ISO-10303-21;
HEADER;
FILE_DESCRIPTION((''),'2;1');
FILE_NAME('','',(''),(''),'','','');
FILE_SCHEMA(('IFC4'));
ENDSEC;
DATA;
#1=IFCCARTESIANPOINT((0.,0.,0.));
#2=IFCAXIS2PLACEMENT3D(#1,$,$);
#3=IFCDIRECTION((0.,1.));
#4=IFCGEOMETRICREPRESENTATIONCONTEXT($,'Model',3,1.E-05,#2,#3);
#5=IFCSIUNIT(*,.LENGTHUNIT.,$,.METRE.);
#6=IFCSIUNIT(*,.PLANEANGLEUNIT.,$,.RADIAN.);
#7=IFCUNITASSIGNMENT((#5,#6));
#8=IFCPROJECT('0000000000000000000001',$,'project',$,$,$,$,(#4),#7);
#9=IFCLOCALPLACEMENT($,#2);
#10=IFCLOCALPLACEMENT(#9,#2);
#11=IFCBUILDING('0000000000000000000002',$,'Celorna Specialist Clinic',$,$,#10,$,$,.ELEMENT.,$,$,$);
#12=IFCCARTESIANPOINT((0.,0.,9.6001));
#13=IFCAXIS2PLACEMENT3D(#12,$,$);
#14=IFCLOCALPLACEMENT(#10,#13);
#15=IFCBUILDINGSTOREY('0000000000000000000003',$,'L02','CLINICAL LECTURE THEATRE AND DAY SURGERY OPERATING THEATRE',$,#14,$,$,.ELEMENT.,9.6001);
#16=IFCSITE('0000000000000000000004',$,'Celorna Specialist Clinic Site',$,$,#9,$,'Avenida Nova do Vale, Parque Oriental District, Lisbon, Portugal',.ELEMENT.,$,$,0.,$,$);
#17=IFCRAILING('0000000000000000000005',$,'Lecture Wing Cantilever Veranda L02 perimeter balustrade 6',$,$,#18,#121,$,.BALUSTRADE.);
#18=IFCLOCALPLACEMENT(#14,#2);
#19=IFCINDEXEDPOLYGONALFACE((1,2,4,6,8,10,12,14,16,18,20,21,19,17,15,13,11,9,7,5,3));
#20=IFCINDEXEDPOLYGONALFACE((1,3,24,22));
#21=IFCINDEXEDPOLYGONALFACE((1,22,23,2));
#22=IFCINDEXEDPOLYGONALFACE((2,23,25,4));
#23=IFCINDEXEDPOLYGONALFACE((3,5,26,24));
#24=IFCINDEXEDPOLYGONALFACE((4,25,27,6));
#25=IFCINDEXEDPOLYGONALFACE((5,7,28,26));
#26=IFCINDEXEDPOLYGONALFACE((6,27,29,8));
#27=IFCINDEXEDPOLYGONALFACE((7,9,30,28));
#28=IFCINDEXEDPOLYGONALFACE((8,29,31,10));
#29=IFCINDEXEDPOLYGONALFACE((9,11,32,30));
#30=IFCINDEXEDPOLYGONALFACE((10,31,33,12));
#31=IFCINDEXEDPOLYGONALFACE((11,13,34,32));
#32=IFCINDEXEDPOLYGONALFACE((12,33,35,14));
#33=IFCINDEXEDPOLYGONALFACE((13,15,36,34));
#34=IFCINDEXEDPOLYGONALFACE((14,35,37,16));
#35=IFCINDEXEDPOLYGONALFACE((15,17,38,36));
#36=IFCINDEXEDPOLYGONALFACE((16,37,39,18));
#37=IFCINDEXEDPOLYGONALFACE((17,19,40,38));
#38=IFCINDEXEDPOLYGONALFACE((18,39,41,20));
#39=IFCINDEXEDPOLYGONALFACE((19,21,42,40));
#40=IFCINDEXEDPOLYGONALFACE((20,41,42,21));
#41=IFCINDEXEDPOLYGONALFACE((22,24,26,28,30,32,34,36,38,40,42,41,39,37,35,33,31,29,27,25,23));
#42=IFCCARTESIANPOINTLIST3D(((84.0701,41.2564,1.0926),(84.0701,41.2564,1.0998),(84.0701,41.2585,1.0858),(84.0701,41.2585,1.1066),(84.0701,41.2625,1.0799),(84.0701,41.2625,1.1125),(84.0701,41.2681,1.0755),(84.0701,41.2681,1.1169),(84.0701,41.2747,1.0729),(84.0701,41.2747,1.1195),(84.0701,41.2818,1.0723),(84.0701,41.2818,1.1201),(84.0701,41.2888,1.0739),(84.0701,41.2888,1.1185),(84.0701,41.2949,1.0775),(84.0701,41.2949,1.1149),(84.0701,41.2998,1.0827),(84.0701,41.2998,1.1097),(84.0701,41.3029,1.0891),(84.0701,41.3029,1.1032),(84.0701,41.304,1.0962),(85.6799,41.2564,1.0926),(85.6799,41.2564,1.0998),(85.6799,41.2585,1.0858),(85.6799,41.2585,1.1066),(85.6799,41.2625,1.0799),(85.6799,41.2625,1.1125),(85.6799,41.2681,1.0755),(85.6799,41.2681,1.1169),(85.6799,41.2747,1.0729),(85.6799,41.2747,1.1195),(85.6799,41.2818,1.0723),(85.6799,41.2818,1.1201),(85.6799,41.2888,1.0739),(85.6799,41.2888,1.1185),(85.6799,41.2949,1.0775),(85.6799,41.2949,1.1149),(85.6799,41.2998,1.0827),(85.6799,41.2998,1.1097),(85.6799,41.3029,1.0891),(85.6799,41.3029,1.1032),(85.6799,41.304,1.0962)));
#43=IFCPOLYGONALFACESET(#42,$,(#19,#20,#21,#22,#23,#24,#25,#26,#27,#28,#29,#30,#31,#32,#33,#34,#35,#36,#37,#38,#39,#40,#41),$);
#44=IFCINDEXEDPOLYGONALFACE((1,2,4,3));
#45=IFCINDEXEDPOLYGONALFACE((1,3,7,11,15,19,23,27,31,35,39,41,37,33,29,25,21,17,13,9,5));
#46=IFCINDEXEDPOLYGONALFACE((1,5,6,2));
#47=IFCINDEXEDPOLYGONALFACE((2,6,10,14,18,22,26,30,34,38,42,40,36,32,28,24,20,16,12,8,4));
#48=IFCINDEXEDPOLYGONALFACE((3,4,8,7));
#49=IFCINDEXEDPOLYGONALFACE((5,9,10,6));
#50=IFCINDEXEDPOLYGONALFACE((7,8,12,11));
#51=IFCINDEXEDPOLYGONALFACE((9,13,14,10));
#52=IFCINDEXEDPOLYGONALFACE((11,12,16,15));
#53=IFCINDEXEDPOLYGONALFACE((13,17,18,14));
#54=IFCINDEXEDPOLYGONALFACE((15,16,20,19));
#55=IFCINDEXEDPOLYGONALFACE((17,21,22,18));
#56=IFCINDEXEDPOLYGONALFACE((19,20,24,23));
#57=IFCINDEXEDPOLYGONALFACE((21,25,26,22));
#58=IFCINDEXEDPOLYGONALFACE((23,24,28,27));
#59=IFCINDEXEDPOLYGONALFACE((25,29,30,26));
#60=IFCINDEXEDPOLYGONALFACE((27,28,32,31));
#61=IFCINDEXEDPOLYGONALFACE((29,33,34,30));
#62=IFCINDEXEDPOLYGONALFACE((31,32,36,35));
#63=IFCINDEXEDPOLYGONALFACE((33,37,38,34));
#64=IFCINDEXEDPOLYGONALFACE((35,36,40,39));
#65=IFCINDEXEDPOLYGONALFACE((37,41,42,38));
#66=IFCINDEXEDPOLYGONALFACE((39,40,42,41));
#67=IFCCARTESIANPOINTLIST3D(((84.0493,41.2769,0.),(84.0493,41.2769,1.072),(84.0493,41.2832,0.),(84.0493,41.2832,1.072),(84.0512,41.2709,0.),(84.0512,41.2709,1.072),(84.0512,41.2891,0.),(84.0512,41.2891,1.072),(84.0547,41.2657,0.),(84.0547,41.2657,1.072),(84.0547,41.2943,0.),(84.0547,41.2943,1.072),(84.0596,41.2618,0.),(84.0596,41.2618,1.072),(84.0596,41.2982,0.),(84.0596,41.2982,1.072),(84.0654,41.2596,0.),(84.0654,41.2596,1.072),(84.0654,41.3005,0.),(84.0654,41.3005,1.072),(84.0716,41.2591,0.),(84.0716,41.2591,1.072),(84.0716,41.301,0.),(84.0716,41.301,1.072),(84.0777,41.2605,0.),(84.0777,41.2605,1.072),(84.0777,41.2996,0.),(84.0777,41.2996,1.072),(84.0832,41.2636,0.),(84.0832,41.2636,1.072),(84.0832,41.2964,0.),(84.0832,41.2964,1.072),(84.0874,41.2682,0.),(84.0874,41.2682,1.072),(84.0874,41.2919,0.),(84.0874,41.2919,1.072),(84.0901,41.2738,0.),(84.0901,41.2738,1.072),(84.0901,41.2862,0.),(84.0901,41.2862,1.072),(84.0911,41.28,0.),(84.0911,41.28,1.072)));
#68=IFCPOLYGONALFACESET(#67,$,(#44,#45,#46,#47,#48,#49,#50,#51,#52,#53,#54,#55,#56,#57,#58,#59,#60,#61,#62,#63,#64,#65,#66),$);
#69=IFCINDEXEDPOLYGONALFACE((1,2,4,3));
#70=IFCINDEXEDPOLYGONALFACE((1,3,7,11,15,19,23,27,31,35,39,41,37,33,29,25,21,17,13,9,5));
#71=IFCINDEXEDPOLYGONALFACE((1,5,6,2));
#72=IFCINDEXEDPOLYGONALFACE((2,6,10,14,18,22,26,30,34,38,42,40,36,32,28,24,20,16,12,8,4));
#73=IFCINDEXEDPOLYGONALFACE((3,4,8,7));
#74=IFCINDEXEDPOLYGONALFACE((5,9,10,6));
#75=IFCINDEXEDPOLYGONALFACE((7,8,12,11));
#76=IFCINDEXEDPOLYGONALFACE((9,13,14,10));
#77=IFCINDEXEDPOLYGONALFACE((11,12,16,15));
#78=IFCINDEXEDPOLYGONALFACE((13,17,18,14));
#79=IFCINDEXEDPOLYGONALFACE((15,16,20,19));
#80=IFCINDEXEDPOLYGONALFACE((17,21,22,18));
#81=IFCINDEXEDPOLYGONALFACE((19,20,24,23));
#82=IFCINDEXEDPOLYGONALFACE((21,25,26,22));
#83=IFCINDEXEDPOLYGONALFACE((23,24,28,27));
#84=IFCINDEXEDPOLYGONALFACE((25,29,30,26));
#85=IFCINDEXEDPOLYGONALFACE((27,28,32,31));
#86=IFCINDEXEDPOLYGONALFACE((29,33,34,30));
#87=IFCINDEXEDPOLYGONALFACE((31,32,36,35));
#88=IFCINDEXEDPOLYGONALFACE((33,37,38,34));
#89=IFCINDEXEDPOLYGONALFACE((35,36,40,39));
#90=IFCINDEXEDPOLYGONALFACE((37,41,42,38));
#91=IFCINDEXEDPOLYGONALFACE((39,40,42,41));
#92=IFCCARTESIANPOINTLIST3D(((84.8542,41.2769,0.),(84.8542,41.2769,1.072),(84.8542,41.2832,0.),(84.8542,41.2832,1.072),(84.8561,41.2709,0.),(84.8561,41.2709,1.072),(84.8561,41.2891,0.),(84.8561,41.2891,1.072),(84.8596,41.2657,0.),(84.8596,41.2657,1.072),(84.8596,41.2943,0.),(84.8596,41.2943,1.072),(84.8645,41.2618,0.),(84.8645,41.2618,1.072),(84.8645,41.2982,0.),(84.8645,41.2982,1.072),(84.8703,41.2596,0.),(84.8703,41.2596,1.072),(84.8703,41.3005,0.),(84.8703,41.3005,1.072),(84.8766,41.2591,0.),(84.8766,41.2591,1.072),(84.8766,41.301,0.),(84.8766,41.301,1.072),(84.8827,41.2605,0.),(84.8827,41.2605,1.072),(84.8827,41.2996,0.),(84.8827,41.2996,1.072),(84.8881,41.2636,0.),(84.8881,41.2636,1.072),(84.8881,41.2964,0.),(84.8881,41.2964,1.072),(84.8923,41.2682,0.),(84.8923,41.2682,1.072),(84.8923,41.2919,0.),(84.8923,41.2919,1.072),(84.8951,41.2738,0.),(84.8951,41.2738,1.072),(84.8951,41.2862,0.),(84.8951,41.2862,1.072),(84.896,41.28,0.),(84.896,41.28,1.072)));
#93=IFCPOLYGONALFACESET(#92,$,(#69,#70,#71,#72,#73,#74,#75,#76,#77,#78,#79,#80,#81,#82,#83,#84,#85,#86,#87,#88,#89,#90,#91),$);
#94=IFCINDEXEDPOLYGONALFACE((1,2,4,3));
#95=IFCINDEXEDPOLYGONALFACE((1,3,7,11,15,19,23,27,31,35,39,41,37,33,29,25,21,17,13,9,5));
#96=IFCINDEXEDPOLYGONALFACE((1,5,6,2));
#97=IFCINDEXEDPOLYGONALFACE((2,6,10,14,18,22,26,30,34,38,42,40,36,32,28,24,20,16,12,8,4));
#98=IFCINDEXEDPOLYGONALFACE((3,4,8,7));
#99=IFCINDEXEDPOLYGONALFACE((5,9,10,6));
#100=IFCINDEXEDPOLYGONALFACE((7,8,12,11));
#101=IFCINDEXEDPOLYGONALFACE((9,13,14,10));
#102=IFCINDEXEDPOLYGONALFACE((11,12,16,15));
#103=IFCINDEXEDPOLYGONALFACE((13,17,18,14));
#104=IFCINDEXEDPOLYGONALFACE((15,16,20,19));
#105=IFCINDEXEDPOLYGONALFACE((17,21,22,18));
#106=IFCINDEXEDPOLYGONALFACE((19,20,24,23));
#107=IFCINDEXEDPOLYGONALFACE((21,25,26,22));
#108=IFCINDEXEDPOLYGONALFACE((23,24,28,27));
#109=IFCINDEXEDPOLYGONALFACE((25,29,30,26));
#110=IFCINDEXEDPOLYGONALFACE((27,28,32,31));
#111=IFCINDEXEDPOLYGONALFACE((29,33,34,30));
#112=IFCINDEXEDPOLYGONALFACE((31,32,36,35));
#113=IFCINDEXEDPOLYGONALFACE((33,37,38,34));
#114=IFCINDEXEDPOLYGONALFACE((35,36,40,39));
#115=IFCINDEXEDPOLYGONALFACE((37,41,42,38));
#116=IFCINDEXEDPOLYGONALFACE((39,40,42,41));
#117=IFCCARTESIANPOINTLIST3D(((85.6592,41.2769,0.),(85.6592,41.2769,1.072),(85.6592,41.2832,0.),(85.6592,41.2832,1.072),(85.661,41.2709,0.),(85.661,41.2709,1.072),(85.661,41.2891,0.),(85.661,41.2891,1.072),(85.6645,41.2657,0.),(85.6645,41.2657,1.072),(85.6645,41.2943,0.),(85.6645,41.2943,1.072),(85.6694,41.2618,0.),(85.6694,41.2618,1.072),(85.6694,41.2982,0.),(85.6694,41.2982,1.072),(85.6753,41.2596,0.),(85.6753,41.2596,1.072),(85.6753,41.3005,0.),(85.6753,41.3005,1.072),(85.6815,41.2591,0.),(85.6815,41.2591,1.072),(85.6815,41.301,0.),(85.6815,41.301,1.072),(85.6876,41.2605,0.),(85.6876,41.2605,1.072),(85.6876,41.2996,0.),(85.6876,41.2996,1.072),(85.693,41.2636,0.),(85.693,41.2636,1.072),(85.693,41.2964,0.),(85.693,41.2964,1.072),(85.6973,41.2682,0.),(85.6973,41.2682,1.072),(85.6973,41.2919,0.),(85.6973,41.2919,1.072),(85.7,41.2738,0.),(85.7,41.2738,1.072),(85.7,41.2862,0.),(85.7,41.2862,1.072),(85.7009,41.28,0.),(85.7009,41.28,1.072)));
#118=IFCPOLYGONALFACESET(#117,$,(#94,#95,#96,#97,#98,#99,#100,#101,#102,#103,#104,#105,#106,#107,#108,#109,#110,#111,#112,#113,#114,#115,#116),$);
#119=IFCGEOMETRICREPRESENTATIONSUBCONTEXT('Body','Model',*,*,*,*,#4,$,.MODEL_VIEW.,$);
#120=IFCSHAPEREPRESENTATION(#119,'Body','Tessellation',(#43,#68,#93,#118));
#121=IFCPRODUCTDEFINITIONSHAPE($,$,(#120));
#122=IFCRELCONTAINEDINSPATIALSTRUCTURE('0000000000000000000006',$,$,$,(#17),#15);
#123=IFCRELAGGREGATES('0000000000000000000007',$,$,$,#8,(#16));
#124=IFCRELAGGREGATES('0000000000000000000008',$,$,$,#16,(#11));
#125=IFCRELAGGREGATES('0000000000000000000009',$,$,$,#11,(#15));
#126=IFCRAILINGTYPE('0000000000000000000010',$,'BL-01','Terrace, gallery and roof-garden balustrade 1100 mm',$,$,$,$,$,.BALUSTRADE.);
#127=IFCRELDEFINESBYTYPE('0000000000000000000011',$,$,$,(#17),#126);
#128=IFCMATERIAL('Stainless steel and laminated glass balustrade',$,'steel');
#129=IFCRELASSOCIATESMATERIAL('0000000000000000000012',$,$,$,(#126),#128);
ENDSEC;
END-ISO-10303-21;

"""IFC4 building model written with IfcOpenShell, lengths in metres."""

from ifc_helpers import new_model, si_unit, direction, frame, origin, origin_2d, place, context, subcontext, project, spatial, circle, extrude, material, type_object, element, save


model = new_model("IFC4")

# Units and contexts
model_context = context("Model", 3, precision=1e-05, world=origin(), true_north=direction((0.0, 1.0)))
body_context = subcontext(model_context, "Body", "Model", "MODEL_VIEW")
ifc_project = project(units=[si_unit("LENGTHUNIT", "METRE"), si_unit("PLANEANGLEUNIT", "RADIAN")], contexts=[model_context])

# Site, building, storey
site_placement = place(None, origin())
site = spatial("IfcSite", under=ifc_project, at=site_placement, Name="Celorna Specialist Clinic Site", LongName="Avenida Nova do Vale, Parque Oriental District, Lisbon, Portugal", CompositionType="ELEMENT", RefElevation=0.0)
building_placement = place(site_placement, origin())
building = spatial("IfcBuilding", under=site, at=building_placement, Name="Celorna Specialist Clinic", CompositionType="ELEMENT")
storey_placement = place(building_placement, frame((0.0, 0.0, 9.6001)))
storey = spatial("IfcBuildingStorey", under=building, at=storey_placement, Name="L02", Description="CLINICAL LECTURE THEATRE AND DAY SURGERY OPERATING THEATRE", CompositionType="ELEMENT", Elevation=9.6001)

# Railing
ifc_material_1 = material(Name="Stainless steel and laminated glass balustrade", Category="steel")
railing_type = type_object("IfcRailingType", Name="BL-01", Description="Terrace, gallery and roof-garden balustrade 1100 mm", PredefinedType="BALUSTRADE", material=ifc_material_1)
railing_1_placement = place(storey_placement, frame((84.0701, 41.28, 0.0)))
element("IfcRailing", 1, at=railing_1_placement, inside=storey, type_object=railing_type, Name="Lecture Wing Cantilever Veranda L02 perimeter balustrade 6", PredefinedType="BALUSTRADE", context=body_context, shape_type="SweptSolid", body=[
    extrude(circle(Radius=0.0239, at=origin_2d()), frame((0.0, 0.0, 1.0962), z_axis=(1.0, 0.0, 0.0), x_axis=(0.0, 1.0, 0.0)), (0.0, 0.0, 1.0), 1.6099),
    extrude(circle(Radius=0.021, at=origin_2d()), origin(), (0.0, 0.0, 1.0), 1.072),
    extrude(circle(Radius=0.021, at=origin_2d()), frame((0.8049, 0.0, 0.0)), (0.0, 0.0, 1.0), 1.072),
    extrude(circle(Radius=0.021, at=origin_2d()), frame((1.6099, 0.0, 0.0)), (0.0, 0.0, 1.0), 1.072),
])

save(model, "model.ifc")
